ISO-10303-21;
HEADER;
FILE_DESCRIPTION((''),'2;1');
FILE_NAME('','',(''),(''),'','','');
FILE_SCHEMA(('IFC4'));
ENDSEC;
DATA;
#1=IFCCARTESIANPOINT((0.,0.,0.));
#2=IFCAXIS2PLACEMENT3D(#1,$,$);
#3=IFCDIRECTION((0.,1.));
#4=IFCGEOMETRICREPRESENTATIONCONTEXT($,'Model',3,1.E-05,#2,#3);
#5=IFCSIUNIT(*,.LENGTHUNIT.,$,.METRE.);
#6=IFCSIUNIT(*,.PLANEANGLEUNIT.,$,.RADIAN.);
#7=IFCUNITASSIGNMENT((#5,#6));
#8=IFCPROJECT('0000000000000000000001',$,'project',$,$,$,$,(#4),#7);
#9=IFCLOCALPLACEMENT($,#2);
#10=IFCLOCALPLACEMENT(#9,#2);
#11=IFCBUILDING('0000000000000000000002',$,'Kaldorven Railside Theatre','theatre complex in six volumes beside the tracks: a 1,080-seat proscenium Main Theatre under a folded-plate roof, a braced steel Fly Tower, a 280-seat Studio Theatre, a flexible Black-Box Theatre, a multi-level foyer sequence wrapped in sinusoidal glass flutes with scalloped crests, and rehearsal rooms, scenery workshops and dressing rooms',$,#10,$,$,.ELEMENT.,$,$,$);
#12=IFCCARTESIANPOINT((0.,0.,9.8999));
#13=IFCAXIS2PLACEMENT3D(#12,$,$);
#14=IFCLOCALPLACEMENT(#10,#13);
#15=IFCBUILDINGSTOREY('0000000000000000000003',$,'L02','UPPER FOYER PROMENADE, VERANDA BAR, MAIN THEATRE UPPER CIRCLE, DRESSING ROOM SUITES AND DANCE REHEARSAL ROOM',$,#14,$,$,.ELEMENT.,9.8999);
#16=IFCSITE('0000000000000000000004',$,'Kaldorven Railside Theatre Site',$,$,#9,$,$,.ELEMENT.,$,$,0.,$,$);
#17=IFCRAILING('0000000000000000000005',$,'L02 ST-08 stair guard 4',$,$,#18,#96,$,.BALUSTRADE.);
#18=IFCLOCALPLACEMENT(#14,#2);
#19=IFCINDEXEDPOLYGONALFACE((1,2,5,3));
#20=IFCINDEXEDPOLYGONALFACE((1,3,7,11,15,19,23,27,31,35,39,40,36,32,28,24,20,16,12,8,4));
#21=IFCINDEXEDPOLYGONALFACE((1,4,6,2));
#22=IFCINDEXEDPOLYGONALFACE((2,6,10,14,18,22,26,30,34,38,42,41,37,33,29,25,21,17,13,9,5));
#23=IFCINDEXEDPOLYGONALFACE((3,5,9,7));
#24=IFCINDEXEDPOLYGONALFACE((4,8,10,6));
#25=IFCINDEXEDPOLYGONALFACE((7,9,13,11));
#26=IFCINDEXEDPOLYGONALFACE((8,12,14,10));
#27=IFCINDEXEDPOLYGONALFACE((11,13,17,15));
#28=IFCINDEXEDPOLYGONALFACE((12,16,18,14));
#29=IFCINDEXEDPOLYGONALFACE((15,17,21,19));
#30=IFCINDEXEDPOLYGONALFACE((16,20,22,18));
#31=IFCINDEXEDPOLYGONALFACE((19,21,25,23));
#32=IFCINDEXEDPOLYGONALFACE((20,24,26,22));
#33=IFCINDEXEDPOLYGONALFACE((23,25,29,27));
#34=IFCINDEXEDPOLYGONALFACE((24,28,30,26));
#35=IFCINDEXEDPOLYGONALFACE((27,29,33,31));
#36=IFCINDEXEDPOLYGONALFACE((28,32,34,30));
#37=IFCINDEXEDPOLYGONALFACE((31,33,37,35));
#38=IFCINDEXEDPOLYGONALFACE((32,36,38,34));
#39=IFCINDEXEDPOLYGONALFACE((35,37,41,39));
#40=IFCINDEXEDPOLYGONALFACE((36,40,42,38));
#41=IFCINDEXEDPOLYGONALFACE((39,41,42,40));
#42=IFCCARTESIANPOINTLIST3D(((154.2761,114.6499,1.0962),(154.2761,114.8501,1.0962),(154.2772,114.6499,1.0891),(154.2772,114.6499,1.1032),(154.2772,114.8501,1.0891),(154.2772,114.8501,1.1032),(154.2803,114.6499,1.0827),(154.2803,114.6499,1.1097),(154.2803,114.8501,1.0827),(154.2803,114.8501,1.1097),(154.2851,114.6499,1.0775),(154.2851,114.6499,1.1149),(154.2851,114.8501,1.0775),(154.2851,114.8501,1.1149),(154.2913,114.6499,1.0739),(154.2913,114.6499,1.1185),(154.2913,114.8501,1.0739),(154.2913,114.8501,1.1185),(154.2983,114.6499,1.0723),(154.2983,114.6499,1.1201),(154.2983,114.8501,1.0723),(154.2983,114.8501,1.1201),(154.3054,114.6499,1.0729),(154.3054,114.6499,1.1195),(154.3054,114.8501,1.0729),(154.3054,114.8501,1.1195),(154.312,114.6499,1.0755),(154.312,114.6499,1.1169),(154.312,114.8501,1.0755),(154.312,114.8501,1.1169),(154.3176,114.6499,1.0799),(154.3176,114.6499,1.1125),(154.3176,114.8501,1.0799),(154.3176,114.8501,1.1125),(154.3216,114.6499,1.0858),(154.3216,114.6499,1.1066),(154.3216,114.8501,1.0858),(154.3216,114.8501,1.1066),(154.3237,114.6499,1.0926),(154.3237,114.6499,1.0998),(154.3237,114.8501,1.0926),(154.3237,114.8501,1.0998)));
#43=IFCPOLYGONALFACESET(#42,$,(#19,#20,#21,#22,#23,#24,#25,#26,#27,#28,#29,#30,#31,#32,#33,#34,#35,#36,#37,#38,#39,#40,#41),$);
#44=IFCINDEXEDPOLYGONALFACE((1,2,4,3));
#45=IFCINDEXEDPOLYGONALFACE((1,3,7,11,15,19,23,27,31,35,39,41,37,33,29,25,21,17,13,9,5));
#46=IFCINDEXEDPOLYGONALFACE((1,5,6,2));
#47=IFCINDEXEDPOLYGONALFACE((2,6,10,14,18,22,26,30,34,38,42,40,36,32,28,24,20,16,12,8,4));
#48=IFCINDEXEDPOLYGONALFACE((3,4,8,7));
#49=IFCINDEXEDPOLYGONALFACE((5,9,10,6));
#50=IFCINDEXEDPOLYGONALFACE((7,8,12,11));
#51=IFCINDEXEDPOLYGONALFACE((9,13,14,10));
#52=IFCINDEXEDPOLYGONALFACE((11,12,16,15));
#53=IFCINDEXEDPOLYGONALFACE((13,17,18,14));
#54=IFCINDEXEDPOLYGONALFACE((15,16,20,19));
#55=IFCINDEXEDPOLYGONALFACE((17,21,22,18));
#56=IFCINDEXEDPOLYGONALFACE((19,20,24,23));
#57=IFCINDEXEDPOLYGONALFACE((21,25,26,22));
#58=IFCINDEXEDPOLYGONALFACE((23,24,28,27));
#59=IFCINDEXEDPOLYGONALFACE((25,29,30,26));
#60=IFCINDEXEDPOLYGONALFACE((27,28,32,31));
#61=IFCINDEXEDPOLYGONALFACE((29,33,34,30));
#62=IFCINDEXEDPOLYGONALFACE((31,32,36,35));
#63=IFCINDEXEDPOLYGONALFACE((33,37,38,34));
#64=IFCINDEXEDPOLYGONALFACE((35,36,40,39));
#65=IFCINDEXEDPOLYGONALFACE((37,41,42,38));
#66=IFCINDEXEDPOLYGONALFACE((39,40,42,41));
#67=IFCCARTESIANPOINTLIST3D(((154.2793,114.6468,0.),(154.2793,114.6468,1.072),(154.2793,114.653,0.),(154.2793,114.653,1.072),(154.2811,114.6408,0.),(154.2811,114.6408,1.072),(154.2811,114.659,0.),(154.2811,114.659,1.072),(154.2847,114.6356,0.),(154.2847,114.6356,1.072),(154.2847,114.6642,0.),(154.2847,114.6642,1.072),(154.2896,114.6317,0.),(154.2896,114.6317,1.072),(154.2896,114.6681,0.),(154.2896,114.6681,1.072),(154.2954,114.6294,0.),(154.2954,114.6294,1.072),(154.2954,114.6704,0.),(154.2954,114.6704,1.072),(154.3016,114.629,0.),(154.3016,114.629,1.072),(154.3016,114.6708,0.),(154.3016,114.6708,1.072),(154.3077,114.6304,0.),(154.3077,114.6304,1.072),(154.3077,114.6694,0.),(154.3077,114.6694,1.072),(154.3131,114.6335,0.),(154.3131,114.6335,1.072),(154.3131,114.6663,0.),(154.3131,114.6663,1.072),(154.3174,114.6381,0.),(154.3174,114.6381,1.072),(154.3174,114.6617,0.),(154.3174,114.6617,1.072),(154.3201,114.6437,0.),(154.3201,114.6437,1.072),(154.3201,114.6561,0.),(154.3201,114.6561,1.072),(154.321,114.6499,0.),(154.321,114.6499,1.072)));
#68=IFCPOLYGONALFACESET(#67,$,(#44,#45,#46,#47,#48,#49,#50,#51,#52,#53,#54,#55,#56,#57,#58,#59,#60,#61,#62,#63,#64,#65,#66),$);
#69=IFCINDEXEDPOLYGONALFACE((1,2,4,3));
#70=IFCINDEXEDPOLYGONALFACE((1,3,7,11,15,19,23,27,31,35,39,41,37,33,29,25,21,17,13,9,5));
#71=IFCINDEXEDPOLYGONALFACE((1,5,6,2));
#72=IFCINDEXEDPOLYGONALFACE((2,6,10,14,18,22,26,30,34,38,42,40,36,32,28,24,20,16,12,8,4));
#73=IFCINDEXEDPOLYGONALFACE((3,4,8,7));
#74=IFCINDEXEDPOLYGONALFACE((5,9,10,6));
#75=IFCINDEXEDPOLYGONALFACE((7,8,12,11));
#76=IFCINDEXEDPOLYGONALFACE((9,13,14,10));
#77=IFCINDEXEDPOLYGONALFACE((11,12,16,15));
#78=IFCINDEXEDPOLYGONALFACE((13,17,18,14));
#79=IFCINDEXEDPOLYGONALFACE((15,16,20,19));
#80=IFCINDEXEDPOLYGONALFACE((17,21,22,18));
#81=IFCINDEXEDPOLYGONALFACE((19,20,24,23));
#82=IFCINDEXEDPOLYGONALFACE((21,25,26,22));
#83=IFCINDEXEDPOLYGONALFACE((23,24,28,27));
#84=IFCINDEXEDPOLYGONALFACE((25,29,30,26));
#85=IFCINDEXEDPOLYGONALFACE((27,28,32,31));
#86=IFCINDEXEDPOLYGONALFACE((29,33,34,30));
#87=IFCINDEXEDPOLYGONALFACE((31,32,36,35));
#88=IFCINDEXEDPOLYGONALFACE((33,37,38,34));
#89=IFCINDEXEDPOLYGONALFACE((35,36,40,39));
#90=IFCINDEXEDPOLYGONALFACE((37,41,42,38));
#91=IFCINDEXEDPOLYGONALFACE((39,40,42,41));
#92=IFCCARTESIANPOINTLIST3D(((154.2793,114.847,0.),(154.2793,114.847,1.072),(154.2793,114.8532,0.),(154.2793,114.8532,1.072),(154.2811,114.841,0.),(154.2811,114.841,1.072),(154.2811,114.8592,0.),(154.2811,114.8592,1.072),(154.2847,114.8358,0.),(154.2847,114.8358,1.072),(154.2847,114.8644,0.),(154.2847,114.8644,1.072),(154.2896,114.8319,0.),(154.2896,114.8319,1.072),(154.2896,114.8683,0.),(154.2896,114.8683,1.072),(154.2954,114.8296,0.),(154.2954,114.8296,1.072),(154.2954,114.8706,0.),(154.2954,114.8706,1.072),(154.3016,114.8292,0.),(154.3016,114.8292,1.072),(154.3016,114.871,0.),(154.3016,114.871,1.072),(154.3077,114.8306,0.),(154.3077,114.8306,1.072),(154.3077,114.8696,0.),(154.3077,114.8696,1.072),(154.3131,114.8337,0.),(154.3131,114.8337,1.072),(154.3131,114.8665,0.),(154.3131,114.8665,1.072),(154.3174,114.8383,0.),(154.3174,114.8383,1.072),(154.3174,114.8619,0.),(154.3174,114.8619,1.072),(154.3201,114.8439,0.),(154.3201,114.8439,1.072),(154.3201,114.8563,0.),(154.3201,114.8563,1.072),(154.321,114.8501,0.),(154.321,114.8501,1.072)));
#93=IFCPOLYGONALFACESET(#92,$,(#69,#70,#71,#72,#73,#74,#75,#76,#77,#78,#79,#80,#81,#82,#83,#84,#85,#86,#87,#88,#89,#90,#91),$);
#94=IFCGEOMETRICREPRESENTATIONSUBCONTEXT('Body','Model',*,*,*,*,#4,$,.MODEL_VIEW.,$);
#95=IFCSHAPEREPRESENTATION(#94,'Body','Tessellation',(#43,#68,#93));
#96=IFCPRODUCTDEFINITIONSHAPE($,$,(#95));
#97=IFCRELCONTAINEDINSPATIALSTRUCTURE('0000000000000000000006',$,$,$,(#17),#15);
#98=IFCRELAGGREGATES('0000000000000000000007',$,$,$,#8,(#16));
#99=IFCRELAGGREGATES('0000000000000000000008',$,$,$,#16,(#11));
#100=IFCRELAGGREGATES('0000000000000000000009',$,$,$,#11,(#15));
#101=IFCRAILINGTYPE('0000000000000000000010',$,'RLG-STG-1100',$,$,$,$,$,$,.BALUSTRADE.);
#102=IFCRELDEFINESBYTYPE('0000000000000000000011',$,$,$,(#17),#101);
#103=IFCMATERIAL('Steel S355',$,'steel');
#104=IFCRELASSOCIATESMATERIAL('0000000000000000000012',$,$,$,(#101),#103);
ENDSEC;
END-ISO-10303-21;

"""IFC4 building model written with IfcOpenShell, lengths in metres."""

from ifc_helpers import new_model, si_unit, direction, frame, origin, origin_2d, place, context, subcontext, project, spatial, circle, extrude, material, type_object, element, save


model = new_model("IFC4")

# Units and contexts
model_context = context("Model", 3, precision=1e-05, world=origin(), true_north=direction((0.0, 1.0)))
body_context = subcontext(model_context, "Body", "Model", "MODEL_VIEW")
ifc_project = project(units=[si_unit("LENGTHUNIT", "METRE"), si_unit("PLANEANGLEUNIT", "RADIAN")], contexts=[model_context])

# Site, building, storey
site_placement = place(None, origin())
site = spatial("IfcSite", under=ifc_project, at=site_placement, Name="Kaldorven Railside Theatre Site", CompositionType="ELEMENT", RefElevation=0.0)
building_placement = place(site_placement, origin())
building = spatial("IfcBuilding", under=site, at=building_placement, Name="Kaldorven Railside Theatre", Description="theatre complex in six volumes beside the tracks: a 1,080-seat proscenium Main Theatre under a folded-plate roof, a braced steel Fly Tower, a 280-seat Studio Theatre, a flexible Black-Box Theatre, a multi-level foyer sequence wrapped in sinusoidal glass flutes with scalloped crests, and rehearsal rooms, scenery workshops and dressing rooms", CompositionType="ELEMENT")
storey_placement = place(building_placement, frame((0.0, 0.0, 9.8999)))
storey = spatial("IfcBuildingStorey", under=building, at=storey_placement, Name="L02", Description="UPPER FOYER PROMENADE, VERANDA BAR, MAIN THEATRE UPPER CIRCLE, DRESSING ROOM SUITES AND DANCE REHEARSAL ROOM", CompositionType="ELEMENT", Elevation=9.8999)

# Shared definitions
ifc_material_1 = material(Name="Steel S355", Category="steel")

# Railing
railing_type = type_object("IfcRailingType", Name="RLG-STG-1100", PredefinedType="BALUSTRADE", material=ifc_material_1)
railing_placement = place(storey_placement, frame((154.3, 114.6499, 0.0)))
element("IfcRailing", 1, at=railing_placement, inside=storey, type_object=railing_type, Name="L02 ST-08 stair guard 4", PredefinedType="BALUSTRADE", context=body_context, shape_type="SweptSolid", body=[
    extrude(circle(Radius=0.0239, at=origin_2d()), frame((0.0, 0.0, 1.0962), z_axis=(0.0, 1.0, 0.0), x_axis=(-1.0, 0.0, 0.0)), (0.0, 0.0, 1.0), 0.2002),
    extrude(circle(Radius=0.021, at=origin_2d()), origin(), (0.0, 0.0, 1.0), 1.072),
    extrude(circle(Radius=0.021, at=origin_2d()), frame((0.0, 0.2002, 0.0)), (0.0, 0.0, 1.0), 1.072),
])

save(model, "model.ifc")
